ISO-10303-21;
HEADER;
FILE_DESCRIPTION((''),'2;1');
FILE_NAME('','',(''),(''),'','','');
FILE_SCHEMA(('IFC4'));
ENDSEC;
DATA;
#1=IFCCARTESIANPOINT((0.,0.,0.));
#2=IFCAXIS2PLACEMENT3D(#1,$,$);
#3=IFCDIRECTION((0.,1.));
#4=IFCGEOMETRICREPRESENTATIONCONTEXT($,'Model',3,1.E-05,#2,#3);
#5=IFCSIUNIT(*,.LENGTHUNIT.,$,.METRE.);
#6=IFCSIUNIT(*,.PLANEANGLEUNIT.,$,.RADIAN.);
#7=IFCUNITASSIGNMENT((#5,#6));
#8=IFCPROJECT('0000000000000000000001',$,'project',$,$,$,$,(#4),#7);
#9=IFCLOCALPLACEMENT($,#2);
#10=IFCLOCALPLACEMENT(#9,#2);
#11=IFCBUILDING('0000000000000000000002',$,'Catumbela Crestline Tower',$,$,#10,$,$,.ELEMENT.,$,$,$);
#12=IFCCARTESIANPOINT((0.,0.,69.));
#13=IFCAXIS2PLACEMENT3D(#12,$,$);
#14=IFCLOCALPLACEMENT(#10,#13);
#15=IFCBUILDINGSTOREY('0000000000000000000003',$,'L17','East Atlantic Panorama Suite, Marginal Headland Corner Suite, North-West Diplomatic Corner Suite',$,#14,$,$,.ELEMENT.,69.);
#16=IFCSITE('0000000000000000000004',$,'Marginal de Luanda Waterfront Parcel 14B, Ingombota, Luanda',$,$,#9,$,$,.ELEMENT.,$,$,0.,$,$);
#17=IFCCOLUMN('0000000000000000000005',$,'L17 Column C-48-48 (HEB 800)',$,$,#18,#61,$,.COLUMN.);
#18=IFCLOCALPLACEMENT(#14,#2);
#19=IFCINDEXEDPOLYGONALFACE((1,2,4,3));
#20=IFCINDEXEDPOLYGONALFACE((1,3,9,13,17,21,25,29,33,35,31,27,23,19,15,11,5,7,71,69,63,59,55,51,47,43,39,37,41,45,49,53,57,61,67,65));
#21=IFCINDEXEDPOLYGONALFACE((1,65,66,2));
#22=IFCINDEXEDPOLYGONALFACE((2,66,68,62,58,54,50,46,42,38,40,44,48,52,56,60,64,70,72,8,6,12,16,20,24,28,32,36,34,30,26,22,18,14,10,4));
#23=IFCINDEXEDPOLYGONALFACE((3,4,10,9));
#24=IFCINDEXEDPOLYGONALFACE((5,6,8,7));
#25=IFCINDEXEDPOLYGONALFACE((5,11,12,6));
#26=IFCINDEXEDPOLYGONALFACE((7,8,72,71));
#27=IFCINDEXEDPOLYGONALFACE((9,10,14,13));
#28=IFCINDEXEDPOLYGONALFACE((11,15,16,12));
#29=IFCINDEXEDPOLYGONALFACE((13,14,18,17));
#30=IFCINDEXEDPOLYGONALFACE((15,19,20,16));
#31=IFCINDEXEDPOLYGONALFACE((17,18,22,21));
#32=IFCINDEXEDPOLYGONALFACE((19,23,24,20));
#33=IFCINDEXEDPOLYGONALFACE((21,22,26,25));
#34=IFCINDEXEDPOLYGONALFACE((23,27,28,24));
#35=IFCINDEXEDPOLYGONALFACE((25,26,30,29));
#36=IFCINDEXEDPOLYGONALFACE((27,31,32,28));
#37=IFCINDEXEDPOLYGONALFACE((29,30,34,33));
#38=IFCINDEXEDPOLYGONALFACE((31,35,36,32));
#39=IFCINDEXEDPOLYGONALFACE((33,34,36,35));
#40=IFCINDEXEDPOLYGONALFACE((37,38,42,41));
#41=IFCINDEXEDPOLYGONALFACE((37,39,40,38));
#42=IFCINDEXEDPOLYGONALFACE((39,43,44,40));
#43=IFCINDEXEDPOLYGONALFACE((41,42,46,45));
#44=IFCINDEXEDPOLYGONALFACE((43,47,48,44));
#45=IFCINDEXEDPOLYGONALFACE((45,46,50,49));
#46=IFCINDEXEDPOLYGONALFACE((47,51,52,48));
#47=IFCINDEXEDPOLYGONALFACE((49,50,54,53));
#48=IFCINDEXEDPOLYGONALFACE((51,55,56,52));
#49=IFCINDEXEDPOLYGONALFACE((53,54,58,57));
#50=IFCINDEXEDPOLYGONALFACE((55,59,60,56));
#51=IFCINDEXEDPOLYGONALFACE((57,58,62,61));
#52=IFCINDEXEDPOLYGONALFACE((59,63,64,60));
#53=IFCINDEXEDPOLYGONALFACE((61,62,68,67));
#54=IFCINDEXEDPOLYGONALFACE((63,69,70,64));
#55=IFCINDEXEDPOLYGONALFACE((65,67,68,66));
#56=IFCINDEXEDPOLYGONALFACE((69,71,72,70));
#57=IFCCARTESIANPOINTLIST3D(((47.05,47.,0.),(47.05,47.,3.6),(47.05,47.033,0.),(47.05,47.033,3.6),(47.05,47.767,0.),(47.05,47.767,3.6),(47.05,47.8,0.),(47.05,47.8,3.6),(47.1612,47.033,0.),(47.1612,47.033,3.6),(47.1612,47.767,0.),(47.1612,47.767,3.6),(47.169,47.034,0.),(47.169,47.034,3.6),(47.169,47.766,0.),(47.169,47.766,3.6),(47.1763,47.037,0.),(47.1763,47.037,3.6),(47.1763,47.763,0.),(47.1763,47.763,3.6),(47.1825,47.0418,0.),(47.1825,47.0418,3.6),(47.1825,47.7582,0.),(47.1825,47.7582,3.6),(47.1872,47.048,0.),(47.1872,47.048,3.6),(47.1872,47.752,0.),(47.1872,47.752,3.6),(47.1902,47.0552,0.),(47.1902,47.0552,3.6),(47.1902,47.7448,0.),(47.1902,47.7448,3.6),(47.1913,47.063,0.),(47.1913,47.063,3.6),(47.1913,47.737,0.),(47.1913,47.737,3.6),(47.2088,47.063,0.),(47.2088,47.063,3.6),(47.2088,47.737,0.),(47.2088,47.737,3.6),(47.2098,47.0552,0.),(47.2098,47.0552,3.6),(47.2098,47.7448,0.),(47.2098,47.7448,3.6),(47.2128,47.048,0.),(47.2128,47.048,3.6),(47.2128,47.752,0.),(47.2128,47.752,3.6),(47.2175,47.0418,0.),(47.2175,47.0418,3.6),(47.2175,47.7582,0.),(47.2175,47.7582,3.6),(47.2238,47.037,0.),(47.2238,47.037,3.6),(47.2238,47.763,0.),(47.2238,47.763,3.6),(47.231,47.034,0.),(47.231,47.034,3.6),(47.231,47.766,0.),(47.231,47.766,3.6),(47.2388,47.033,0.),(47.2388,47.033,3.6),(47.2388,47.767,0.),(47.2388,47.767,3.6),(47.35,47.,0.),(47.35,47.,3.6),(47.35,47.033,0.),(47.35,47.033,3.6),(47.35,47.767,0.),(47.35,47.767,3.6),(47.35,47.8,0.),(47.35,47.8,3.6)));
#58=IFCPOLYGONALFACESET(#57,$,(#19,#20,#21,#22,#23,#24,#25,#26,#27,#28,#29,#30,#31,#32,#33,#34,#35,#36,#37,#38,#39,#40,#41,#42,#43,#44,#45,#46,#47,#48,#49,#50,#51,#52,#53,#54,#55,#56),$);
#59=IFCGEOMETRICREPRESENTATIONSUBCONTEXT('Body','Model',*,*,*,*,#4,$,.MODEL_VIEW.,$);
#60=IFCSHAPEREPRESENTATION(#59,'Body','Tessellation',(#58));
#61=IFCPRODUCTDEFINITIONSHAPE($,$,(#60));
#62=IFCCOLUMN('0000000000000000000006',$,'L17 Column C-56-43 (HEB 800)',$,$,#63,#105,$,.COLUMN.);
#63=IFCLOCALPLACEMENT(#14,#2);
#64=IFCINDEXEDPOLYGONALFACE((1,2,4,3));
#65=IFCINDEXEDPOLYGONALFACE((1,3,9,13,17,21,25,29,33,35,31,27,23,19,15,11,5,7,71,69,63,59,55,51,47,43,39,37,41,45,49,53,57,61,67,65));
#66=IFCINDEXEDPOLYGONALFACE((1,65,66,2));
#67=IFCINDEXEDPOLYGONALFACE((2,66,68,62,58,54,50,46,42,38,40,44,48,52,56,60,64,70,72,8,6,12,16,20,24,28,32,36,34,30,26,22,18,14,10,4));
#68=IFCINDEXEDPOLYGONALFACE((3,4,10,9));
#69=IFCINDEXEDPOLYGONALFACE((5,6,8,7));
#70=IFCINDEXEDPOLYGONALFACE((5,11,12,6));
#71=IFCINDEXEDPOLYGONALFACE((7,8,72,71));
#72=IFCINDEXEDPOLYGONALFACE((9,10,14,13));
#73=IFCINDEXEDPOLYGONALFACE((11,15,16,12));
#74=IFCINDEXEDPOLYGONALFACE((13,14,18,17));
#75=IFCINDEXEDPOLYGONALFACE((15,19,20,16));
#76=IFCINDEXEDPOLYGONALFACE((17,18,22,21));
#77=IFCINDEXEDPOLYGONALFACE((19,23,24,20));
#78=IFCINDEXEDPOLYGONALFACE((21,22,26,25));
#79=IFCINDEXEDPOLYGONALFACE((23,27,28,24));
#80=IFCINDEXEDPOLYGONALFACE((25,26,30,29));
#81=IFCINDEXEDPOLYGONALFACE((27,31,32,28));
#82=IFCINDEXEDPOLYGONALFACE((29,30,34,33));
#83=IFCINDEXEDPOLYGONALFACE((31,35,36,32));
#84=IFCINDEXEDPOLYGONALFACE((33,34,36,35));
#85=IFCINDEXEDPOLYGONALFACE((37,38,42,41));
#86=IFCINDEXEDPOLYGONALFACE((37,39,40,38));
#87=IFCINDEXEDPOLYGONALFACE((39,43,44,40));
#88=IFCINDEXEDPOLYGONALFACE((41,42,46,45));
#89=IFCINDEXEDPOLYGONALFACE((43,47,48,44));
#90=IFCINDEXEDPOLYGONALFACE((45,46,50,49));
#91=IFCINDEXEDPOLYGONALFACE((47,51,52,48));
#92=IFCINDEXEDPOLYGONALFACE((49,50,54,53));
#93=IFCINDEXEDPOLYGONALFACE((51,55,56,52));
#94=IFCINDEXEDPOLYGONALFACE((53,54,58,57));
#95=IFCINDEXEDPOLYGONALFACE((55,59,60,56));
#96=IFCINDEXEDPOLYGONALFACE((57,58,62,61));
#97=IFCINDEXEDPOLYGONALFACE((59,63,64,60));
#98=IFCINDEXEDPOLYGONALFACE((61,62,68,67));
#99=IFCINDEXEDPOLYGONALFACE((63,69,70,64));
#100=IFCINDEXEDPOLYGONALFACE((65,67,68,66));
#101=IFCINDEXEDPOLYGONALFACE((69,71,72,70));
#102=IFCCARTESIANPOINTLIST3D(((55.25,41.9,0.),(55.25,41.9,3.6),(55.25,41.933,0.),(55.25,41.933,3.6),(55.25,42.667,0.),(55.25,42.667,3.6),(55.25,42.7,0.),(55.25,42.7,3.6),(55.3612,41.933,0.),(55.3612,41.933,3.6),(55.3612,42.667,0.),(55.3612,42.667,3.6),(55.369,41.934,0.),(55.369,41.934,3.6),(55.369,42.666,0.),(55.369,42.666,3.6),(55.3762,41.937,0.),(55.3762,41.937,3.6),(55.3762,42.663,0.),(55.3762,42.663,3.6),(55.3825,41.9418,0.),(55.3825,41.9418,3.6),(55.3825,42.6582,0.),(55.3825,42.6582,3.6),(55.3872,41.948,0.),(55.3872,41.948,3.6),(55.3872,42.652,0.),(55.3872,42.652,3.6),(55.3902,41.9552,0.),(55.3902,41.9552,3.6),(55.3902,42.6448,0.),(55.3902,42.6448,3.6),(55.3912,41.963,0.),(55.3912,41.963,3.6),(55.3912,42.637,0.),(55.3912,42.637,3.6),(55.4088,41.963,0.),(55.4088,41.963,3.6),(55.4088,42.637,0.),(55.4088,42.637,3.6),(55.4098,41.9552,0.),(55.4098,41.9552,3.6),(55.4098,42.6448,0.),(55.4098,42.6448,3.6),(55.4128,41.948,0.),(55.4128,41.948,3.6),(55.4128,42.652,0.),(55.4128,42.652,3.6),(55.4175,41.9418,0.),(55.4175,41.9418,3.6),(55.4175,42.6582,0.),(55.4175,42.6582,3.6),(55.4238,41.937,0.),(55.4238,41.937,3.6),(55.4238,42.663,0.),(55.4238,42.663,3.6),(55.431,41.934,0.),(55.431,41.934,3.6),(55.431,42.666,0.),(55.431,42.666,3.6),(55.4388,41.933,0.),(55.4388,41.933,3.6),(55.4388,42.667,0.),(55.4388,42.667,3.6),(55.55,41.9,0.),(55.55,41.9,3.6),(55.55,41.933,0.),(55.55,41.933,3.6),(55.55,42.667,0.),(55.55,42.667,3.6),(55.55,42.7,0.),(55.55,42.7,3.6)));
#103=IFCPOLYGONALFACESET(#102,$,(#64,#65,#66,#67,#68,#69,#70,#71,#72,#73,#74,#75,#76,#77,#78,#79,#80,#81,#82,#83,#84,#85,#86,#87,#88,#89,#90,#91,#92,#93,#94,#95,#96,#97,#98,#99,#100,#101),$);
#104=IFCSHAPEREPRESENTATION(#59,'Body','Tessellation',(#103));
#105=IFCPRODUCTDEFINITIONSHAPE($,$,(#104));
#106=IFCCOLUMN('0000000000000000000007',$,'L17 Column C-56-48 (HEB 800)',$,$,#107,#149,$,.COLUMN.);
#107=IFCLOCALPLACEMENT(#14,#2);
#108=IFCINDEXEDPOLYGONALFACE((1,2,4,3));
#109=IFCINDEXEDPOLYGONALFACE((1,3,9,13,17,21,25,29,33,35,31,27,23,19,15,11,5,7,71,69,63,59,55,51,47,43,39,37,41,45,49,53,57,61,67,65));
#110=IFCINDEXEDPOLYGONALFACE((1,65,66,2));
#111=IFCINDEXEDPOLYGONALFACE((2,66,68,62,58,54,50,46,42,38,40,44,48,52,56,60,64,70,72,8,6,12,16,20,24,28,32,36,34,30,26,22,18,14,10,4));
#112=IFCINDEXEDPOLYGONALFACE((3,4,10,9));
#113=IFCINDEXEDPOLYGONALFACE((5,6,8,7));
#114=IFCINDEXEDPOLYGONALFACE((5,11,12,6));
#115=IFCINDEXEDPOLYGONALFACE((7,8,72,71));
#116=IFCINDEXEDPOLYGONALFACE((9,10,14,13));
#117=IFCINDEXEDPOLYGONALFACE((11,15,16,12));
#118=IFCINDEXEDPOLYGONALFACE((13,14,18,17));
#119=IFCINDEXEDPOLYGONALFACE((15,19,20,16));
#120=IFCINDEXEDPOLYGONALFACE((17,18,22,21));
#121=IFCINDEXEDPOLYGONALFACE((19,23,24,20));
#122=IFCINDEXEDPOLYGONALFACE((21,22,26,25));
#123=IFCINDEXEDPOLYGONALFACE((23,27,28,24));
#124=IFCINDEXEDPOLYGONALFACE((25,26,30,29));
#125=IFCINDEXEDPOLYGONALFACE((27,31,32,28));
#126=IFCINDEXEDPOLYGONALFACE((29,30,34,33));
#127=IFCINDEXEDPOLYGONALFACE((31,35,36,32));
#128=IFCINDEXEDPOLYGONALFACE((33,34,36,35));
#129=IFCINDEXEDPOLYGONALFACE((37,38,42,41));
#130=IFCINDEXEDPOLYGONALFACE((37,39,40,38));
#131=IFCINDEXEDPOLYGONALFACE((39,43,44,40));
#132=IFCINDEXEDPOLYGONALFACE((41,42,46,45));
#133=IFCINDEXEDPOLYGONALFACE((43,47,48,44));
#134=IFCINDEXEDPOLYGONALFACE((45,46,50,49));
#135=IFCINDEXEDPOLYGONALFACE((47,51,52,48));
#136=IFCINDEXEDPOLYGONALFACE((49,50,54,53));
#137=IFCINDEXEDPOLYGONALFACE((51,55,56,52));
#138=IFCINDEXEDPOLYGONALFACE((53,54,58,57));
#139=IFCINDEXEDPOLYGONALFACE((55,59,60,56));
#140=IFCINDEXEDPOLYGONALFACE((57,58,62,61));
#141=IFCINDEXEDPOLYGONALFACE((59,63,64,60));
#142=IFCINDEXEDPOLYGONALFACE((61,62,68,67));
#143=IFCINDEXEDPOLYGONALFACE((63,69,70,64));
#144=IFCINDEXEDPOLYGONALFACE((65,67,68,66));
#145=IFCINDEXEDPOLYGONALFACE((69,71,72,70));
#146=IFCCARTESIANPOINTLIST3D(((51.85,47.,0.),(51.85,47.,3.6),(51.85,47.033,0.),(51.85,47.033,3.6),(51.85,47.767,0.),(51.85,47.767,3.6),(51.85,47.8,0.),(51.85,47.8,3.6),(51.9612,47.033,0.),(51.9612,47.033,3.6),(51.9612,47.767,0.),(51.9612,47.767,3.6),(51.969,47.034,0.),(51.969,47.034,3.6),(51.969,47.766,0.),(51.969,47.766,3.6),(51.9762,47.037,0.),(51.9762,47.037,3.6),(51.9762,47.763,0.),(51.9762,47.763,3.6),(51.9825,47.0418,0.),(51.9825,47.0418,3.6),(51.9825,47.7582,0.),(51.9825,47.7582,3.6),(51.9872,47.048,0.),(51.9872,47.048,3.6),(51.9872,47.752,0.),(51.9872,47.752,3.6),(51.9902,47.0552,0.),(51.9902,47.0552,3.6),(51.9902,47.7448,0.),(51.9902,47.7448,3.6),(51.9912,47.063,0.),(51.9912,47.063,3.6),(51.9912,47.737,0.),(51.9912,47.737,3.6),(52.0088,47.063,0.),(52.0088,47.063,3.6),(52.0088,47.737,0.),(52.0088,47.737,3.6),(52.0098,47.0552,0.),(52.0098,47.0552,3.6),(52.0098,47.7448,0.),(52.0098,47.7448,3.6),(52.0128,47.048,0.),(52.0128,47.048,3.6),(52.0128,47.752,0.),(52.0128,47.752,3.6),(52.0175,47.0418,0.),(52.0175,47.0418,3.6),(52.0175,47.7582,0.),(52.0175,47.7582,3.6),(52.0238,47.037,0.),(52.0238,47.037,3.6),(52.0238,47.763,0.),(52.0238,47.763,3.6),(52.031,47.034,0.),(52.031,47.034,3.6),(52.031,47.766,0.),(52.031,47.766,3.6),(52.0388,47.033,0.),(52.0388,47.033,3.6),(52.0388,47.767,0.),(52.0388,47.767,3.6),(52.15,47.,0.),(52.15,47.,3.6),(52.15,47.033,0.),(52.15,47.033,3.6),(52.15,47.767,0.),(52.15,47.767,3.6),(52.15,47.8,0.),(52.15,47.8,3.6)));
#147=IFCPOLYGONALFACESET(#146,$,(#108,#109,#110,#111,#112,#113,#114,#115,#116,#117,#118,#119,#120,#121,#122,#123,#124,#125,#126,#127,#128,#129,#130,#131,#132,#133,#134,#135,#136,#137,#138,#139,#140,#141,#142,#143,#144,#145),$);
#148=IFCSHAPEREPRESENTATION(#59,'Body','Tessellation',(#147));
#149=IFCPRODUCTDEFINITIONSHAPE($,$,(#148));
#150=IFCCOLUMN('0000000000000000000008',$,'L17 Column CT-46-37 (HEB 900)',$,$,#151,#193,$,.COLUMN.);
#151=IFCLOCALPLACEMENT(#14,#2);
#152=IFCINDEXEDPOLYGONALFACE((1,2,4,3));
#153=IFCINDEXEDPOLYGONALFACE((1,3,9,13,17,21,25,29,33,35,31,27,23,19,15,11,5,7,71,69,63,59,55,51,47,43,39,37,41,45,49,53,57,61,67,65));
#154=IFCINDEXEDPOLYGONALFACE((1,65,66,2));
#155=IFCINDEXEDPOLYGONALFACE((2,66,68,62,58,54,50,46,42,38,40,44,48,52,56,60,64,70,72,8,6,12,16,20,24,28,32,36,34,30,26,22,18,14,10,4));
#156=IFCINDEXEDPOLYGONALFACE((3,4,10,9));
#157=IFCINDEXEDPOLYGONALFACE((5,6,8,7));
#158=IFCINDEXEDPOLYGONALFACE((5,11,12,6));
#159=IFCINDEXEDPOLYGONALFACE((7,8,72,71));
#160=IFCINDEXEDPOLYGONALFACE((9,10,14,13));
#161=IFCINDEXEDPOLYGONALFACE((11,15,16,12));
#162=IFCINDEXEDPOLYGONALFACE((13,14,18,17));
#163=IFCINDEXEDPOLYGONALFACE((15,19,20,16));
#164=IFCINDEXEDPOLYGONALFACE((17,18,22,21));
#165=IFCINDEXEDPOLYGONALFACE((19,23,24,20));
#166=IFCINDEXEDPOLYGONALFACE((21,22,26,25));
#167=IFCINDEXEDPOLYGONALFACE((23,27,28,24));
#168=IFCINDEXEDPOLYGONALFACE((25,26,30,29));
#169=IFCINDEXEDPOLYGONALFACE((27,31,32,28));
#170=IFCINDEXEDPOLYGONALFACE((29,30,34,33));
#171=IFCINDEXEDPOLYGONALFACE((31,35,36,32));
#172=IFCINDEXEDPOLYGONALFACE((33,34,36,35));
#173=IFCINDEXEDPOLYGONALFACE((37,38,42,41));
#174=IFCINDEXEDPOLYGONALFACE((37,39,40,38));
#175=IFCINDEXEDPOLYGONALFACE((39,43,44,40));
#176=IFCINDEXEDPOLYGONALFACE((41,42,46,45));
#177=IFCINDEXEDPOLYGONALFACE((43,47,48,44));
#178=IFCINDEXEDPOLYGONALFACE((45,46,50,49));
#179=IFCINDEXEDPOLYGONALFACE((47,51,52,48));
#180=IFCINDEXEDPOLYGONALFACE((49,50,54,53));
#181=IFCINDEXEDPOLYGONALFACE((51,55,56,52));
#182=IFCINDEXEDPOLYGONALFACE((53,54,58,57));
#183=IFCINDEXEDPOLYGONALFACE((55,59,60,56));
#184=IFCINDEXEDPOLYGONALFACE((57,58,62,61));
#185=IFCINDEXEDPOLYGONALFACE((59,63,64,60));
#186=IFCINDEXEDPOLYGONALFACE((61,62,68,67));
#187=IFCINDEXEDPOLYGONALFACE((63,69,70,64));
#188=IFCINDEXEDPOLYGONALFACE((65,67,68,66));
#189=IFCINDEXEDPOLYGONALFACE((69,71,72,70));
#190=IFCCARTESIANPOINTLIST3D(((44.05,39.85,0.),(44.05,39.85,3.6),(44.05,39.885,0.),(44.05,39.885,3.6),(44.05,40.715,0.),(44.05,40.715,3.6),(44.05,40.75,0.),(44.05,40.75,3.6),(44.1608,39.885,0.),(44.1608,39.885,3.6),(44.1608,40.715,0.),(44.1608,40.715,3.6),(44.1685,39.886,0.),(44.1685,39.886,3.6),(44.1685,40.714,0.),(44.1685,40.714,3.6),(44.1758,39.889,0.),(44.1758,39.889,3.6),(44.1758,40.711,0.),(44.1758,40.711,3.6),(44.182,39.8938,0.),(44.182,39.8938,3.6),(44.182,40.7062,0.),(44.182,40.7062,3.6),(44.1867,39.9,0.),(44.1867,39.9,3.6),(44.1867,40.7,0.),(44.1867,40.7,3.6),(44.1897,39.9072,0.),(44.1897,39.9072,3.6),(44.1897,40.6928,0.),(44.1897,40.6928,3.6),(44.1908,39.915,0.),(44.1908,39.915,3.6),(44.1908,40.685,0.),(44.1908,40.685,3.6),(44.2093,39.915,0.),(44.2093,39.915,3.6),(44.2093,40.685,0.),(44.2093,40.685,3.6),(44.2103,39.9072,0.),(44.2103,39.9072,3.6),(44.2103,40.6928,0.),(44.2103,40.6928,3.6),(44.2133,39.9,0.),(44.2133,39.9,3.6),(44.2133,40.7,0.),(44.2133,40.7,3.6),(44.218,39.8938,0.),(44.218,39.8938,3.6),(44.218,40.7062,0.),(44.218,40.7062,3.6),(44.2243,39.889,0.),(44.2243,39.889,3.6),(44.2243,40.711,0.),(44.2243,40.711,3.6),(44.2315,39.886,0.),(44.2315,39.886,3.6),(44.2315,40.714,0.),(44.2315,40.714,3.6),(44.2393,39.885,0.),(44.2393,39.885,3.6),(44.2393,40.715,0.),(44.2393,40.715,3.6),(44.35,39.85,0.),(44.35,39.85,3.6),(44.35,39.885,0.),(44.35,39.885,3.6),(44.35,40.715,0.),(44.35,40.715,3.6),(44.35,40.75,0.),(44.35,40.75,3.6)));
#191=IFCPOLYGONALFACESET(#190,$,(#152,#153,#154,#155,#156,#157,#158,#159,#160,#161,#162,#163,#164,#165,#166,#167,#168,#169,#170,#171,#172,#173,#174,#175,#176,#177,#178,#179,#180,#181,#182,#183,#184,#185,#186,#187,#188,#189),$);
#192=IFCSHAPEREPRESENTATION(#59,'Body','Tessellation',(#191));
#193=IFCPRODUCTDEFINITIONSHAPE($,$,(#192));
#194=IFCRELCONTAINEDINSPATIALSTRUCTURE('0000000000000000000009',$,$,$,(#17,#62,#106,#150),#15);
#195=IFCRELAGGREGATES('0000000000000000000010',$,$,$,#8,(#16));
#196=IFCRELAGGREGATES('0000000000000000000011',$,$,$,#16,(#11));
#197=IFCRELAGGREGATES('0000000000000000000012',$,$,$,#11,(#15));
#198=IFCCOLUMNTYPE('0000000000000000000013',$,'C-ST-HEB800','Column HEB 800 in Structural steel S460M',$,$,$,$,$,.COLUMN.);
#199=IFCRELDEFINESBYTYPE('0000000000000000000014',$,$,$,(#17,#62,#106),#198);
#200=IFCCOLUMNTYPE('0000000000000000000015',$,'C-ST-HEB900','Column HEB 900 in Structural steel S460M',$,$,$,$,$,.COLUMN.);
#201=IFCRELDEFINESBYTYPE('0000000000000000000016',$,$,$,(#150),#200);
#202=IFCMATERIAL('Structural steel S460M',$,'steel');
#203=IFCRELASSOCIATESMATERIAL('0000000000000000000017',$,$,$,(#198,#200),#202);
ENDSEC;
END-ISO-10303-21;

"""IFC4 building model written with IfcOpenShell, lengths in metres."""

from ifc_helpers import new_model, si_unit, direction, frame, origin, origin_2d, place, context, subcontext, project, spatial, i_section, extrude, material, material_profile, profile_set, type_object, element, save


model = new_model("IFC4")

# Units and contexts
model_context = context("Model", 3, precision=1e-05, world=origin(), true_north=direction((0.0, 1.0)))
body_context = subcontext(model_context, "Body", "Model", "MODEL_VIEW")
ifc_project = project(units=[si_unit("LENGTHUNIT", "METRE"), si_unit("PLANEANGLEUNIT", "RADIAN")], contexts=[model_context])

# Site, building, storey
site_placement = place(None, origin())
site = spatial("IfcSite", under=ifc_project, at=site_placement, Name="Marginal de Luanda Waterfront Parcel 14B, Ingombota, Luanda", CompositionType="ELEMENT", RefElevation=0.0)
building_placement = place(site_placement, origin())
building = spatial("IfcBuilding", under=site, at=building_placement, Name="Catumbela Crestline Tower", CompositionType="ELEMENT")
storey_placement = place(building_placement, frame((0.0, 0.0, 69.0)))
storey = spatial("IfcBuildingStorey", under=building, at=storey_placement, Name="L17", Description="East Atlantic Panorama Suite, Marginal Headland Corner Suite, North-West Diplomatic Corner Suite", CompositionType="ELEMENT", Elevation=69.0)

# Columns
ifc_material_1 = material(Name="Structural steel S460M", Category="steel")
ifc_material_profile_1 = material_profile(ifc_material_1, i_section(OverallWidth=0.3, OverallDepth=0.8, WebThickness=0.0175, FlangeThickness=0.033, FilletRadius=0.03, at=origin_2d()), Name="HEB 800")
ifc_profile_set_1 = profile_set([ifc_material_profile_1], Name="Structural steel S460M")
column_type_1 = type_object("IfcColumnType", Name="C-ST-HEB800", Description="Column HEB 800 in Structural steel S460M", PredefinedType="COLUMN", material=ifc_profile_set_1)
for number, where, z_axis, x_axis, name in (
    (1, (47.2, 47.4, 0.0), (0.0, 0.0, 1.0), (1.0, 0.0, 0.0), "L17 Column C-48-48 (HEB 800)"),
    (2, (55.4, 42.3, 0.0), (0.0, 0.0, 1.0), (1.0, 0.0, 0.0), "L17 Column C-56-43 (HEB 800)"),
    (3, (52.0, 47.4, 0.0), (0.0, 0.0, 1.0), (1.0, 0.0, 0.0), "L17 Column C-56-48 (HEB 800)"),
):
    element("IfcColumn", number, at=place(storey_placement, frame(where, z_axis=z_axis, x_axis=x_axis)), inside=storey, type_object=column_type_1, Name=name, PredefinedType="COLUMN", context=body_context, shape_type="SweptSolid", body=[
        extrude(i_section(OverallWidth=0.3, OverallDepth=0.8, WebThickness=0.0175, FlangeThickness=0.033, FilletRadius=0.03, at=origin_2d()), origin(), (0.0, 0.0, 1.0), 3.6),
    ])
ifc_material_profile_2 = material_profile(ifc_material_1, i_section(OverallWidth=0.3, OverallDepth=0.9, WebThickness=0.0185, FlangeThickness=0.035, FilletRadius=0.03, at=origin_2d()), Name="HEB 900")
ifc_profile_set_2 = profile_set([ifc_material_profile_2], Name="Structural steel S460M")
column_type_2 = type_object("IfcColumnType", Name="C-ST-HEB900", Description="Column HEB 900 in Structural steel S460M", PredefinedType="COLUMN", material=ifc_profile_set_2)
column_placement = place(storey_placement, frame((44.2, 40.3, 0.0), z_axis=(0.0, 0.0, 1.0), x_axis=(1.0, 0.0, 0.0)))
element("IfcColumn", 4, at=column_placement, inside=storey, type_object=column_type_2, Name="L17 Column CT-46-37 (HEB 900)", PredefinedType="COLUMN", context=body_context, shape_type="SweptSolid", body=[
    extrude(i_section(OverallWidth=0.3, OverallDepth=0.9, WebThickness=0.0185, FlangeThickness=0.035, FilletRadius=0.03, at=origin_2d()), origin(), (0.0, 0.0, 1.0), 3.6),
])

save(model, "model.ifc")
